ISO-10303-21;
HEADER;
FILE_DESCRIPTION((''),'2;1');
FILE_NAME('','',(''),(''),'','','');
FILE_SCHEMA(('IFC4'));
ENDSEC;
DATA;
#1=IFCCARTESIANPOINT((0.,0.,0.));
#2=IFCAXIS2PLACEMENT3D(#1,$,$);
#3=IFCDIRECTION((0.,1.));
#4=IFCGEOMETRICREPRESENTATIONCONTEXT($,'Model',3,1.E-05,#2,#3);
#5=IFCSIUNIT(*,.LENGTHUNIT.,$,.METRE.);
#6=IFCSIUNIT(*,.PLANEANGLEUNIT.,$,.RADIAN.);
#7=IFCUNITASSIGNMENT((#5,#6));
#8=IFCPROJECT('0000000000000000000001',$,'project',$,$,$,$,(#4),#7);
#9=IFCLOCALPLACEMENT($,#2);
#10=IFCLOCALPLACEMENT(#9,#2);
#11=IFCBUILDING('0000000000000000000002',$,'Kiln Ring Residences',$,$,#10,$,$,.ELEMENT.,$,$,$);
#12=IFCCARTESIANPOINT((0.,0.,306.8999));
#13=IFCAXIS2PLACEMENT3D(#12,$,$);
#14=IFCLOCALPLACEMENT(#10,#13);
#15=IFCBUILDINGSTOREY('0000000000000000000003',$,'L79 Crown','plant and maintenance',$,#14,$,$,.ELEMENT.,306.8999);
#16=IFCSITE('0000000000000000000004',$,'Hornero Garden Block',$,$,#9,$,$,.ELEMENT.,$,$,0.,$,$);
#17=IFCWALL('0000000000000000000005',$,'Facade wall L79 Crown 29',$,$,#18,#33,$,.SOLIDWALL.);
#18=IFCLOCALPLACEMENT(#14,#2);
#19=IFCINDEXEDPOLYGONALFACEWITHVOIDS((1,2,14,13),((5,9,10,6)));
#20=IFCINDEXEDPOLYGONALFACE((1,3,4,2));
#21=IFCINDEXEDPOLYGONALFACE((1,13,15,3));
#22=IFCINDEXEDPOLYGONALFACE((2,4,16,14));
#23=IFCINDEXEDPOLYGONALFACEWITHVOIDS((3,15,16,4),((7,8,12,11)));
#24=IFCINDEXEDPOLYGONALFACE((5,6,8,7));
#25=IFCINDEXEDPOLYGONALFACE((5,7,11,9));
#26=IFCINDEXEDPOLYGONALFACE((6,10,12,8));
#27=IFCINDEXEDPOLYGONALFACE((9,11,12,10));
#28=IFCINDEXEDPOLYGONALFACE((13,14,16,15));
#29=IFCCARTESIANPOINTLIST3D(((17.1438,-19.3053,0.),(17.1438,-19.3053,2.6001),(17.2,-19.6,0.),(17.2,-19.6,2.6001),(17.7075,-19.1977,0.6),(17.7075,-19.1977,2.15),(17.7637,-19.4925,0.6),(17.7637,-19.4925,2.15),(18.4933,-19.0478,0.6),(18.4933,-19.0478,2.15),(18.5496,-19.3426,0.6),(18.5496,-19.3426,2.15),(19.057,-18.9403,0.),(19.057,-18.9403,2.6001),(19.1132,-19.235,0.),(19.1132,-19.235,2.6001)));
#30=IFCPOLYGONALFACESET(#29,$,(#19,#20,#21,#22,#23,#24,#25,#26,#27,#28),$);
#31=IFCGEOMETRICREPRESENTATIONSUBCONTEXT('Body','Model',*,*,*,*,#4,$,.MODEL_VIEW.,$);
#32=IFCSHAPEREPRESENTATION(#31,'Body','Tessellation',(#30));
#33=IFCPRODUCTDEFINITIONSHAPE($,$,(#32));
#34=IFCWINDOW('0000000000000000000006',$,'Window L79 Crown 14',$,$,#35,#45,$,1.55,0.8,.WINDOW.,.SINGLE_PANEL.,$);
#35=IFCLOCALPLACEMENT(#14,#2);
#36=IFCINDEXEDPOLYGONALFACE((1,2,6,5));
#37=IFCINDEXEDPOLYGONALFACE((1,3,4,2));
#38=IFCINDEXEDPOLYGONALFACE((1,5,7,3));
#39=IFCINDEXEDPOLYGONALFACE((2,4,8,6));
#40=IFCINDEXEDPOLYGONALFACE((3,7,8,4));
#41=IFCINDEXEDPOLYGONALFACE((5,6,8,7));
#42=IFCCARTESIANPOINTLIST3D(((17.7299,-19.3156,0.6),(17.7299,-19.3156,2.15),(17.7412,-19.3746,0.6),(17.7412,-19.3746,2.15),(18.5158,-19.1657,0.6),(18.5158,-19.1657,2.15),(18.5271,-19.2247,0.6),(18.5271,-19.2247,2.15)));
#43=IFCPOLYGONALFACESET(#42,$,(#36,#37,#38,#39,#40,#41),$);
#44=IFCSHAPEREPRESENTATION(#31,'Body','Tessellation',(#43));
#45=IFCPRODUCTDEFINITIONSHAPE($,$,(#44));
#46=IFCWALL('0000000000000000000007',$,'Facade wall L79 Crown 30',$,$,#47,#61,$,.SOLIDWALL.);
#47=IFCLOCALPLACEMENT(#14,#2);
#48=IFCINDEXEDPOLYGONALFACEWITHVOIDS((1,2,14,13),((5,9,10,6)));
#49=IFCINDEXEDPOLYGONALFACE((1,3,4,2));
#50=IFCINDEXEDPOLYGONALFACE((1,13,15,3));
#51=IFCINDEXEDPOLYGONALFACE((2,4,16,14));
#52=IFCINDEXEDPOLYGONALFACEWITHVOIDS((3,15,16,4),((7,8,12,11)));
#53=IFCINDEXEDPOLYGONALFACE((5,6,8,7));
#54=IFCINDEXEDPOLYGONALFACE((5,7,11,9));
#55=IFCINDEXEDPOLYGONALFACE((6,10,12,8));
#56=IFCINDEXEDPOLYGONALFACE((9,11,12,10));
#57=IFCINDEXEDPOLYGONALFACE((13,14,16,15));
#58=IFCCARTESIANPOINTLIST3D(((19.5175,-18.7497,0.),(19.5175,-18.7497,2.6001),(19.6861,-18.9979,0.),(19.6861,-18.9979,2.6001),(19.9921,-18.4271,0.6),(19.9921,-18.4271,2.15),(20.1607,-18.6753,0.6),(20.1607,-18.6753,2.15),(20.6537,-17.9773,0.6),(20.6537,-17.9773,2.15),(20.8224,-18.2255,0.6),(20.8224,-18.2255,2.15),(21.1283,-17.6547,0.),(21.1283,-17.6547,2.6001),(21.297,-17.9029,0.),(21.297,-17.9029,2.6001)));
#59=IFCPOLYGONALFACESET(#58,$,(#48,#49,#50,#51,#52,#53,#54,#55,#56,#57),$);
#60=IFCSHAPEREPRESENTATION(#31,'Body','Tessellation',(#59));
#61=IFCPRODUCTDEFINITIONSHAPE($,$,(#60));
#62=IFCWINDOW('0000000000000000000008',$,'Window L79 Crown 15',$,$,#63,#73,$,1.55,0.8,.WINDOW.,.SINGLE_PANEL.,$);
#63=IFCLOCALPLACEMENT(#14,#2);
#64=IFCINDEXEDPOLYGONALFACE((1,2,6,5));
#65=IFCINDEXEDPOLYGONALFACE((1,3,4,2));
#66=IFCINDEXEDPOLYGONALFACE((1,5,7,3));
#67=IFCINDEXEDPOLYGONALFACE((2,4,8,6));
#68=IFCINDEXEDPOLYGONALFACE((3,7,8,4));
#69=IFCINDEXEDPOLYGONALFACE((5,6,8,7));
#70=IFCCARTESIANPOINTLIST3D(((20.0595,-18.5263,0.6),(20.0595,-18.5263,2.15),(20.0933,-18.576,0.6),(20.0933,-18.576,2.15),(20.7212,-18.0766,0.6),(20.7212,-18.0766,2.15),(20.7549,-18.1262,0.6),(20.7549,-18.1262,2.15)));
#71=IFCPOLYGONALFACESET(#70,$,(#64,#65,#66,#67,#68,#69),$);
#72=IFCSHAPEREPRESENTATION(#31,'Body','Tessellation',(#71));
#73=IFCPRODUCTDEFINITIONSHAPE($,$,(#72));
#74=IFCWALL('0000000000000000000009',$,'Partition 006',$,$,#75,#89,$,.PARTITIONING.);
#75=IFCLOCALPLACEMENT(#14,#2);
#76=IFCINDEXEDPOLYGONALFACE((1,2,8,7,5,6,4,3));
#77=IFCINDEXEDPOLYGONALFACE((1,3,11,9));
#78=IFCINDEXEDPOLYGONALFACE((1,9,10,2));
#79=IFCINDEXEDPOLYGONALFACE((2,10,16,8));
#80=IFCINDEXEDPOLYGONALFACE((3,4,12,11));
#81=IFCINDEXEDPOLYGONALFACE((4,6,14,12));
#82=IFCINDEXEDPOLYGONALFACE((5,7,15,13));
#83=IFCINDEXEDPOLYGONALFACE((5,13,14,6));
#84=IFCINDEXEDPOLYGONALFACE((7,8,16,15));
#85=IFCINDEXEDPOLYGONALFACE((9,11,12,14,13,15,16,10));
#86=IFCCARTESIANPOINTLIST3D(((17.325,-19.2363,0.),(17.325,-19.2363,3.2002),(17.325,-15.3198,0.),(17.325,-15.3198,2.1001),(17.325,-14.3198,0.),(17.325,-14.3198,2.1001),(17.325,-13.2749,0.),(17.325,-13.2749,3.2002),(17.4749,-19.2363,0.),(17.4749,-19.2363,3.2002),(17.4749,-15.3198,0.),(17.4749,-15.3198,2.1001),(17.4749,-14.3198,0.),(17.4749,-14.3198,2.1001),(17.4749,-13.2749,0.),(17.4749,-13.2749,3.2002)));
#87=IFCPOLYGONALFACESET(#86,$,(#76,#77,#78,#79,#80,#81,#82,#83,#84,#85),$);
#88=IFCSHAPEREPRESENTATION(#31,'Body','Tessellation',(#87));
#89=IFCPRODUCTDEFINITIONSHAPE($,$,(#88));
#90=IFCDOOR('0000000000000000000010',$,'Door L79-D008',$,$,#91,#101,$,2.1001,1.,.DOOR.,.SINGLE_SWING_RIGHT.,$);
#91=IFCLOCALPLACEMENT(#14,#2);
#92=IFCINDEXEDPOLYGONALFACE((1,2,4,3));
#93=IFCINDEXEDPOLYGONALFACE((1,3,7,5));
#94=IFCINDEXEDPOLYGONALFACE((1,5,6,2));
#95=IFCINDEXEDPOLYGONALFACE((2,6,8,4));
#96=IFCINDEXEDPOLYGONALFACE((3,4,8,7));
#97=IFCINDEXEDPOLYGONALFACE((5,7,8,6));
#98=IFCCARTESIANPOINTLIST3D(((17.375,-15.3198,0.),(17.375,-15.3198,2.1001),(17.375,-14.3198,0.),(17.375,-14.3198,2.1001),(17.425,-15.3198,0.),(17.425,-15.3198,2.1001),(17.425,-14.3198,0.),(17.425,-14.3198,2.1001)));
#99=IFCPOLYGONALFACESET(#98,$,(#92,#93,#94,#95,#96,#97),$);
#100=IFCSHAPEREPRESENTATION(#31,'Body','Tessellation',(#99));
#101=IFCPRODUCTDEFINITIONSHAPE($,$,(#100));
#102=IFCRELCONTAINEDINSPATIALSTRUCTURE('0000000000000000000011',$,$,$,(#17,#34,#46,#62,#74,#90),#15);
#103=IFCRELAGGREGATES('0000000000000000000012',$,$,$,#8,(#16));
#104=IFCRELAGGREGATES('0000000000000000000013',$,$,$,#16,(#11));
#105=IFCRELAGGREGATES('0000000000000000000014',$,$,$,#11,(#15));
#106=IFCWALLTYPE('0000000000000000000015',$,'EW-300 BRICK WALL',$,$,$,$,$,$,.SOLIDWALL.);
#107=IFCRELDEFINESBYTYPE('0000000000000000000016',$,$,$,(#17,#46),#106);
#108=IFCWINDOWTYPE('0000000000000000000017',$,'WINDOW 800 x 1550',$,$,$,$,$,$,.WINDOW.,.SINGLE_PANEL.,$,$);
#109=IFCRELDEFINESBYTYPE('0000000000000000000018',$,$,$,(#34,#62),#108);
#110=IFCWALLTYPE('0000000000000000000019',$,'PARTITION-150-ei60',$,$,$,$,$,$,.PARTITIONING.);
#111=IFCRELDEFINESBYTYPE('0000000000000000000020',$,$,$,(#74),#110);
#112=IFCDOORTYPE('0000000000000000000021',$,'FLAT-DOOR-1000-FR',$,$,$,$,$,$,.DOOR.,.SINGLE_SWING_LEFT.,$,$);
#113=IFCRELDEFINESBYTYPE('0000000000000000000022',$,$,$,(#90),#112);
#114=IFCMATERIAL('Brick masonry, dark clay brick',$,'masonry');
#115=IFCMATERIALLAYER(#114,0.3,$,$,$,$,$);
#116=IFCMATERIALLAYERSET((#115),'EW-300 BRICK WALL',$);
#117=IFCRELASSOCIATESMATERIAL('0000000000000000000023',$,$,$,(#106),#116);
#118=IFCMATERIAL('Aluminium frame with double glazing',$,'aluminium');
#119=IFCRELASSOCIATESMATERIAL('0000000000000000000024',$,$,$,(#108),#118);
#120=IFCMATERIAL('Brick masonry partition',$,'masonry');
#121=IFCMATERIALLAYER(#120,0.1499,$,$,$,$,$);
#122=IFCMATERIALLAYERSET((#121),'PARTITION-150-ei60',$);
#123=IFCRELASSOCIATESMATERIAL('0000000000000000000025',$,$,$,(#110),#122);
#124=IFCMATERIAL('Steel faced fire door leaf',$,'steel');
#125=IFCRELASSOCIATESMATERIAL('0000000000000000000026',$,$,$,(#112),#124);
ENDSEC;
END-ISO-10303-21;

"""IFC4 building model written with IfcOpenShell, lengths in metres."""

from ifc_helpers import new_model, si_unit, direction, frame, frame_2d, origin, place, context, subcontext, project, spatial, rectangle, extrude, material, layer, layer_set, type_object, element, fill, save


model = new_model("IFC4")

# Units and contexts
model_context = context("Model", 3, precision=1e-05, world=origin(), true_north=direction((0.0, 1.0)))
body_context = subcontext(model_context, "Body", "Model", "MODEL_VIEW")
ifc_project = project(units=[si_unit("LENGTHUNIT", "METRE"), si_unit("PLANEANGLEUNIT", "RADIAN")], contexts=[model_context])

# Site, building, storey
site_placement = place(None, origin())
site = spatial("IfcSite", under=ifc_project, at=site_placement, Name="Hornero Garden Block", CompositionType="ELEMENT", RefElevation=0.0)
building_placement = place(site_placement, origin())
building = spatial("IfcBuilding", under=site, at=building_placement, Name="Kiln Ring Residences", CompositionType="ELEMENT")
storey_placement = place(building_placement, frame((0.0, 0.0, 306.8999)))
storey = spatial("IfcBuildingStorey", under=building, at=storey_placement, Name="L79 Crown", Description="plant and maintenance", CompositionType="ELEMENT", Elevation=306.8999)

# Walls, openings, windows
ifc_material_1 = material(Name="Brick masonry, dark clay brick", Category="masonry")
ifc_layer_1 = layer(ifc_material_1, 0.3)
ifc_layer_set_1 = layer_set([ifc_layer_1], Name="EW-300 BRICK WALL")
wall_type_1 = type_object("IfcWallType", Name="EW-300 BRICK WALL", PredefinedType="SOLIDWALL", material=ifc_layer_set_1)
ifc_material_2 = material(Name="Aluminium frame with double glazing", Category="aluminium")
window_type = type_object("IfcWindowType", Name="WINDOW 800 x 1550", PartitioningType="SINGLE_PANEL", PredefinedType="WINDOW", material=ifc_material_2)
wall_1_placement = place(storey_placement, frame((17.1719, -19.4526, 0.0), z_axis=(0.0, 0.0, 1.0), x_axis=(0.982287, 0.187383, 0.0)))
wall_1 = element("IfcWall", 1, at=wall_1_placement, inside=storey, type_object=wall_type_1, Name="Facade wall L79 Crown 29", PredefinedType="SOLIDWALL", context=body_context, shape_type="SweptSolid", body=[
    extrude(rectangle(XDim=1.9478, YDim=0.3, at=frame_2d((0.9739, 0.0))), origin(), (0.0, 0.0, 1.0), 2.6001),
])
opening_1_placement = place(wall_1_placement, frame((0.574, 0.0, 0.6001)))
opening_1 = element("IfcOpeningElement", 2, at=opening_1_placement, cuts=wall_1, PredefinedType="OPENING", context=body_context, shape_type="SweptSolid", body=[
    extrude(rectangle(XDim=0.8, YDim=1.55, at=frame_2d((0.3999, 0.7749))), frame((0.0, 0.1599, 0.0), z_axis=(0.0, -1.0, 0.0), x_axis=(1.0, 0.0, 0.0)), (0.0, 0.0, 1.0), 0.3201),
])
window_1_placement = place(opening_1_placement, origin())
window_1 = element("IfcWindow", 3, at=window_1_placement, inside=storey, type_object=window_type, Name="Window L79 Crown 14", OverallHeight=1.55, OverallWidth=0.8, PartitioningType="SINGLE_PANEL", PredefinedType="WINDOW", context=body_context, shape_type="SweptSolid", body=[
    extrude(rectangle(XDim=0.8, YDim=1.55, at=frame_2d((0.3999, 0.7749))), frame((0.0, 0.03, 0.0), z_axis=(0.0, -1.0, 0.0), x_axis=(1.0, 0.0, 0.0)), (0.0, 0.0, 1.0), 0.0601),
])
fill(opening_1, window_1)
wall_2_placement = place(storey_placement, frame((19.6018, -18.8738, 0.0), z_axis=(0.0, 0.0, 1.0), x_axis=(0.827022, 0.562169, 0.0)))
wall_2 = element("IfcWall", 4, at=wall_2_placement, inside=storey, type_object=wall_type_1, Name="Facade wall L79 Crown 30", PredefinedType="SOLIDWALL", context=body_context, shape_type="SweptSolid", body=[
    extrude(rectangle(XDim=1.9478, YDim=0.3, at=frame_2d((0.9739, 0.0))), origin(), (0.0, 0.0, 1.0), 2.6001),
])
opening_2_placement = place(wall_2_placement, frame((0.574, 0.0, 0.6001)))
opening_2 = element("IfcOpeningElement", 5, at=opening_2_placement, cuts=wall_2, PredefinedType="OPENING", context=body_context, shape_type="SweptSolid", body=[
    extrude(rectangle(XDim=0.8, YDim=1.55, at=frame_2d((0.3999, 0.7749))), frame((0.0, 0.1599, 0.0), z_axis=(0.0, -1.0, 0.0), x_axis=(1.0, 0.0, 0.0)), (0.0, 0.0, 1.0), 0.3201),
])
window_2_placement = place(opening_2_placement, origin())
window_2 = element("IfcWindow", 6, at=window_2_placement, inside=storey, type_object=window_type, Name="Window L79 Crown 15", OverallHeight=1.55, OverallWidth=0.8, PartitioningType="SINGLE_PANEL", PredefinedType="WINDOW", context=body_context, shape_type="SweptSolid", body=[
    extrude(rectangle(XDim=0.8, YDim=1.55, at=frame_2d((0.3999, 0.7749))), frame((0.0, 0.03, 0.0), z_axis=(0.0, -1.0, 0.0), x_axis=(1.0, 0.0, 0.0)), (0.0, 0.0, 1.0), 0.0601),
])
fill(opening_2, window_2)

# Wall, opening, door
ifc_material_3 = material(Name="Brick masonry partition", Category="masonry")
ifc_layer_2 = layer(ifc_material_3, 0.1499)
ifc_layer_set_2 = layer_set([ifc_layer_2], Name="PARTITION-150-ei60")
wall_type_2 = type_object("IfcWallType", Name="PARTITION-150-ei60", PredefinedType="PARTITIONING", material=ifc_layer_set_2)
wall_3_placement = place(storey_placement, frame((17.3999, -19.2363, 0.0), z_axis=(0.0, 0.0, 1.0), x_axis=(0.0, 1.0, 0.0)))
wall_3 = element("IfcWall", 7, at=wall_3_placement, inside=storey, type_object=wall_type_2, Name="Partition 006", PredefinedType="PARTITIONING", context=body_context, shape_type="SweptSolid", body=[
    extrude(rectangle(XDim=5.9614, YDim=0.1499, at=frame_2d((2.9807, 0.0))), origin(), (0.0, 0.0, 1.0), 3.2002),
])
opening_3_placement = place(wall_3_placement, frame((3.9165, 0.0, 0.0)))
opening_3 = element("IfcOpeningElement", 8, at=opening_3_placement, cuts=wall_3, PredefinedType="OPENING", context=body_context, shape_type="SweptSolid", body=[
    extrude(rectangle(XDim=1.0, YDim=2.1001, at=frame_2d((0.5, 1.05))), frame((0.0, 0.085, 0.0), z_axis=(0.0, -1.0, 0.0), x_axis=(1.0, 0.0, 0.0)), (0.0, 0.0, 1.0), 0.1699),
])
ifc_material_4 = material(Name="Steel faced fire door leaf", Category="steel")
door_type_1 = type_object("IfcDoorType", Name="FLAT-DOOR-1000-FR", OperationType="SINGLE_SWING_LEFT", PredefinedType="DOOR", material=ifc_material_4)
door_1_placement = place(opening_3_placement, origin())
door_1 = element("IfcDoor", 9, at=door_1_placement, inside=storey, type_object=door_type_1, Name="Door L79-D008", OperationType="SINGLE_SWING_RIGHT", OverallHeight=2.1001, OverallWidth=1.0, PredefinedType="DOOR", context=body_context, shape_type="SweptSolid", body=[
    extrude(rectangle(XDim=1.0, YDim=2.1001, at=frame_2d((0.5, 1.05))), frame((0.0, 0.0249, 0.0), z_axis=(0.0, -1.0, 0.0), x_axis=(1.0, 0.0, 0.0)), (0.0, 0.0, 1.0), 0.05),
])
fill(opening_3, door_1)

save(model, "model.ifc")
